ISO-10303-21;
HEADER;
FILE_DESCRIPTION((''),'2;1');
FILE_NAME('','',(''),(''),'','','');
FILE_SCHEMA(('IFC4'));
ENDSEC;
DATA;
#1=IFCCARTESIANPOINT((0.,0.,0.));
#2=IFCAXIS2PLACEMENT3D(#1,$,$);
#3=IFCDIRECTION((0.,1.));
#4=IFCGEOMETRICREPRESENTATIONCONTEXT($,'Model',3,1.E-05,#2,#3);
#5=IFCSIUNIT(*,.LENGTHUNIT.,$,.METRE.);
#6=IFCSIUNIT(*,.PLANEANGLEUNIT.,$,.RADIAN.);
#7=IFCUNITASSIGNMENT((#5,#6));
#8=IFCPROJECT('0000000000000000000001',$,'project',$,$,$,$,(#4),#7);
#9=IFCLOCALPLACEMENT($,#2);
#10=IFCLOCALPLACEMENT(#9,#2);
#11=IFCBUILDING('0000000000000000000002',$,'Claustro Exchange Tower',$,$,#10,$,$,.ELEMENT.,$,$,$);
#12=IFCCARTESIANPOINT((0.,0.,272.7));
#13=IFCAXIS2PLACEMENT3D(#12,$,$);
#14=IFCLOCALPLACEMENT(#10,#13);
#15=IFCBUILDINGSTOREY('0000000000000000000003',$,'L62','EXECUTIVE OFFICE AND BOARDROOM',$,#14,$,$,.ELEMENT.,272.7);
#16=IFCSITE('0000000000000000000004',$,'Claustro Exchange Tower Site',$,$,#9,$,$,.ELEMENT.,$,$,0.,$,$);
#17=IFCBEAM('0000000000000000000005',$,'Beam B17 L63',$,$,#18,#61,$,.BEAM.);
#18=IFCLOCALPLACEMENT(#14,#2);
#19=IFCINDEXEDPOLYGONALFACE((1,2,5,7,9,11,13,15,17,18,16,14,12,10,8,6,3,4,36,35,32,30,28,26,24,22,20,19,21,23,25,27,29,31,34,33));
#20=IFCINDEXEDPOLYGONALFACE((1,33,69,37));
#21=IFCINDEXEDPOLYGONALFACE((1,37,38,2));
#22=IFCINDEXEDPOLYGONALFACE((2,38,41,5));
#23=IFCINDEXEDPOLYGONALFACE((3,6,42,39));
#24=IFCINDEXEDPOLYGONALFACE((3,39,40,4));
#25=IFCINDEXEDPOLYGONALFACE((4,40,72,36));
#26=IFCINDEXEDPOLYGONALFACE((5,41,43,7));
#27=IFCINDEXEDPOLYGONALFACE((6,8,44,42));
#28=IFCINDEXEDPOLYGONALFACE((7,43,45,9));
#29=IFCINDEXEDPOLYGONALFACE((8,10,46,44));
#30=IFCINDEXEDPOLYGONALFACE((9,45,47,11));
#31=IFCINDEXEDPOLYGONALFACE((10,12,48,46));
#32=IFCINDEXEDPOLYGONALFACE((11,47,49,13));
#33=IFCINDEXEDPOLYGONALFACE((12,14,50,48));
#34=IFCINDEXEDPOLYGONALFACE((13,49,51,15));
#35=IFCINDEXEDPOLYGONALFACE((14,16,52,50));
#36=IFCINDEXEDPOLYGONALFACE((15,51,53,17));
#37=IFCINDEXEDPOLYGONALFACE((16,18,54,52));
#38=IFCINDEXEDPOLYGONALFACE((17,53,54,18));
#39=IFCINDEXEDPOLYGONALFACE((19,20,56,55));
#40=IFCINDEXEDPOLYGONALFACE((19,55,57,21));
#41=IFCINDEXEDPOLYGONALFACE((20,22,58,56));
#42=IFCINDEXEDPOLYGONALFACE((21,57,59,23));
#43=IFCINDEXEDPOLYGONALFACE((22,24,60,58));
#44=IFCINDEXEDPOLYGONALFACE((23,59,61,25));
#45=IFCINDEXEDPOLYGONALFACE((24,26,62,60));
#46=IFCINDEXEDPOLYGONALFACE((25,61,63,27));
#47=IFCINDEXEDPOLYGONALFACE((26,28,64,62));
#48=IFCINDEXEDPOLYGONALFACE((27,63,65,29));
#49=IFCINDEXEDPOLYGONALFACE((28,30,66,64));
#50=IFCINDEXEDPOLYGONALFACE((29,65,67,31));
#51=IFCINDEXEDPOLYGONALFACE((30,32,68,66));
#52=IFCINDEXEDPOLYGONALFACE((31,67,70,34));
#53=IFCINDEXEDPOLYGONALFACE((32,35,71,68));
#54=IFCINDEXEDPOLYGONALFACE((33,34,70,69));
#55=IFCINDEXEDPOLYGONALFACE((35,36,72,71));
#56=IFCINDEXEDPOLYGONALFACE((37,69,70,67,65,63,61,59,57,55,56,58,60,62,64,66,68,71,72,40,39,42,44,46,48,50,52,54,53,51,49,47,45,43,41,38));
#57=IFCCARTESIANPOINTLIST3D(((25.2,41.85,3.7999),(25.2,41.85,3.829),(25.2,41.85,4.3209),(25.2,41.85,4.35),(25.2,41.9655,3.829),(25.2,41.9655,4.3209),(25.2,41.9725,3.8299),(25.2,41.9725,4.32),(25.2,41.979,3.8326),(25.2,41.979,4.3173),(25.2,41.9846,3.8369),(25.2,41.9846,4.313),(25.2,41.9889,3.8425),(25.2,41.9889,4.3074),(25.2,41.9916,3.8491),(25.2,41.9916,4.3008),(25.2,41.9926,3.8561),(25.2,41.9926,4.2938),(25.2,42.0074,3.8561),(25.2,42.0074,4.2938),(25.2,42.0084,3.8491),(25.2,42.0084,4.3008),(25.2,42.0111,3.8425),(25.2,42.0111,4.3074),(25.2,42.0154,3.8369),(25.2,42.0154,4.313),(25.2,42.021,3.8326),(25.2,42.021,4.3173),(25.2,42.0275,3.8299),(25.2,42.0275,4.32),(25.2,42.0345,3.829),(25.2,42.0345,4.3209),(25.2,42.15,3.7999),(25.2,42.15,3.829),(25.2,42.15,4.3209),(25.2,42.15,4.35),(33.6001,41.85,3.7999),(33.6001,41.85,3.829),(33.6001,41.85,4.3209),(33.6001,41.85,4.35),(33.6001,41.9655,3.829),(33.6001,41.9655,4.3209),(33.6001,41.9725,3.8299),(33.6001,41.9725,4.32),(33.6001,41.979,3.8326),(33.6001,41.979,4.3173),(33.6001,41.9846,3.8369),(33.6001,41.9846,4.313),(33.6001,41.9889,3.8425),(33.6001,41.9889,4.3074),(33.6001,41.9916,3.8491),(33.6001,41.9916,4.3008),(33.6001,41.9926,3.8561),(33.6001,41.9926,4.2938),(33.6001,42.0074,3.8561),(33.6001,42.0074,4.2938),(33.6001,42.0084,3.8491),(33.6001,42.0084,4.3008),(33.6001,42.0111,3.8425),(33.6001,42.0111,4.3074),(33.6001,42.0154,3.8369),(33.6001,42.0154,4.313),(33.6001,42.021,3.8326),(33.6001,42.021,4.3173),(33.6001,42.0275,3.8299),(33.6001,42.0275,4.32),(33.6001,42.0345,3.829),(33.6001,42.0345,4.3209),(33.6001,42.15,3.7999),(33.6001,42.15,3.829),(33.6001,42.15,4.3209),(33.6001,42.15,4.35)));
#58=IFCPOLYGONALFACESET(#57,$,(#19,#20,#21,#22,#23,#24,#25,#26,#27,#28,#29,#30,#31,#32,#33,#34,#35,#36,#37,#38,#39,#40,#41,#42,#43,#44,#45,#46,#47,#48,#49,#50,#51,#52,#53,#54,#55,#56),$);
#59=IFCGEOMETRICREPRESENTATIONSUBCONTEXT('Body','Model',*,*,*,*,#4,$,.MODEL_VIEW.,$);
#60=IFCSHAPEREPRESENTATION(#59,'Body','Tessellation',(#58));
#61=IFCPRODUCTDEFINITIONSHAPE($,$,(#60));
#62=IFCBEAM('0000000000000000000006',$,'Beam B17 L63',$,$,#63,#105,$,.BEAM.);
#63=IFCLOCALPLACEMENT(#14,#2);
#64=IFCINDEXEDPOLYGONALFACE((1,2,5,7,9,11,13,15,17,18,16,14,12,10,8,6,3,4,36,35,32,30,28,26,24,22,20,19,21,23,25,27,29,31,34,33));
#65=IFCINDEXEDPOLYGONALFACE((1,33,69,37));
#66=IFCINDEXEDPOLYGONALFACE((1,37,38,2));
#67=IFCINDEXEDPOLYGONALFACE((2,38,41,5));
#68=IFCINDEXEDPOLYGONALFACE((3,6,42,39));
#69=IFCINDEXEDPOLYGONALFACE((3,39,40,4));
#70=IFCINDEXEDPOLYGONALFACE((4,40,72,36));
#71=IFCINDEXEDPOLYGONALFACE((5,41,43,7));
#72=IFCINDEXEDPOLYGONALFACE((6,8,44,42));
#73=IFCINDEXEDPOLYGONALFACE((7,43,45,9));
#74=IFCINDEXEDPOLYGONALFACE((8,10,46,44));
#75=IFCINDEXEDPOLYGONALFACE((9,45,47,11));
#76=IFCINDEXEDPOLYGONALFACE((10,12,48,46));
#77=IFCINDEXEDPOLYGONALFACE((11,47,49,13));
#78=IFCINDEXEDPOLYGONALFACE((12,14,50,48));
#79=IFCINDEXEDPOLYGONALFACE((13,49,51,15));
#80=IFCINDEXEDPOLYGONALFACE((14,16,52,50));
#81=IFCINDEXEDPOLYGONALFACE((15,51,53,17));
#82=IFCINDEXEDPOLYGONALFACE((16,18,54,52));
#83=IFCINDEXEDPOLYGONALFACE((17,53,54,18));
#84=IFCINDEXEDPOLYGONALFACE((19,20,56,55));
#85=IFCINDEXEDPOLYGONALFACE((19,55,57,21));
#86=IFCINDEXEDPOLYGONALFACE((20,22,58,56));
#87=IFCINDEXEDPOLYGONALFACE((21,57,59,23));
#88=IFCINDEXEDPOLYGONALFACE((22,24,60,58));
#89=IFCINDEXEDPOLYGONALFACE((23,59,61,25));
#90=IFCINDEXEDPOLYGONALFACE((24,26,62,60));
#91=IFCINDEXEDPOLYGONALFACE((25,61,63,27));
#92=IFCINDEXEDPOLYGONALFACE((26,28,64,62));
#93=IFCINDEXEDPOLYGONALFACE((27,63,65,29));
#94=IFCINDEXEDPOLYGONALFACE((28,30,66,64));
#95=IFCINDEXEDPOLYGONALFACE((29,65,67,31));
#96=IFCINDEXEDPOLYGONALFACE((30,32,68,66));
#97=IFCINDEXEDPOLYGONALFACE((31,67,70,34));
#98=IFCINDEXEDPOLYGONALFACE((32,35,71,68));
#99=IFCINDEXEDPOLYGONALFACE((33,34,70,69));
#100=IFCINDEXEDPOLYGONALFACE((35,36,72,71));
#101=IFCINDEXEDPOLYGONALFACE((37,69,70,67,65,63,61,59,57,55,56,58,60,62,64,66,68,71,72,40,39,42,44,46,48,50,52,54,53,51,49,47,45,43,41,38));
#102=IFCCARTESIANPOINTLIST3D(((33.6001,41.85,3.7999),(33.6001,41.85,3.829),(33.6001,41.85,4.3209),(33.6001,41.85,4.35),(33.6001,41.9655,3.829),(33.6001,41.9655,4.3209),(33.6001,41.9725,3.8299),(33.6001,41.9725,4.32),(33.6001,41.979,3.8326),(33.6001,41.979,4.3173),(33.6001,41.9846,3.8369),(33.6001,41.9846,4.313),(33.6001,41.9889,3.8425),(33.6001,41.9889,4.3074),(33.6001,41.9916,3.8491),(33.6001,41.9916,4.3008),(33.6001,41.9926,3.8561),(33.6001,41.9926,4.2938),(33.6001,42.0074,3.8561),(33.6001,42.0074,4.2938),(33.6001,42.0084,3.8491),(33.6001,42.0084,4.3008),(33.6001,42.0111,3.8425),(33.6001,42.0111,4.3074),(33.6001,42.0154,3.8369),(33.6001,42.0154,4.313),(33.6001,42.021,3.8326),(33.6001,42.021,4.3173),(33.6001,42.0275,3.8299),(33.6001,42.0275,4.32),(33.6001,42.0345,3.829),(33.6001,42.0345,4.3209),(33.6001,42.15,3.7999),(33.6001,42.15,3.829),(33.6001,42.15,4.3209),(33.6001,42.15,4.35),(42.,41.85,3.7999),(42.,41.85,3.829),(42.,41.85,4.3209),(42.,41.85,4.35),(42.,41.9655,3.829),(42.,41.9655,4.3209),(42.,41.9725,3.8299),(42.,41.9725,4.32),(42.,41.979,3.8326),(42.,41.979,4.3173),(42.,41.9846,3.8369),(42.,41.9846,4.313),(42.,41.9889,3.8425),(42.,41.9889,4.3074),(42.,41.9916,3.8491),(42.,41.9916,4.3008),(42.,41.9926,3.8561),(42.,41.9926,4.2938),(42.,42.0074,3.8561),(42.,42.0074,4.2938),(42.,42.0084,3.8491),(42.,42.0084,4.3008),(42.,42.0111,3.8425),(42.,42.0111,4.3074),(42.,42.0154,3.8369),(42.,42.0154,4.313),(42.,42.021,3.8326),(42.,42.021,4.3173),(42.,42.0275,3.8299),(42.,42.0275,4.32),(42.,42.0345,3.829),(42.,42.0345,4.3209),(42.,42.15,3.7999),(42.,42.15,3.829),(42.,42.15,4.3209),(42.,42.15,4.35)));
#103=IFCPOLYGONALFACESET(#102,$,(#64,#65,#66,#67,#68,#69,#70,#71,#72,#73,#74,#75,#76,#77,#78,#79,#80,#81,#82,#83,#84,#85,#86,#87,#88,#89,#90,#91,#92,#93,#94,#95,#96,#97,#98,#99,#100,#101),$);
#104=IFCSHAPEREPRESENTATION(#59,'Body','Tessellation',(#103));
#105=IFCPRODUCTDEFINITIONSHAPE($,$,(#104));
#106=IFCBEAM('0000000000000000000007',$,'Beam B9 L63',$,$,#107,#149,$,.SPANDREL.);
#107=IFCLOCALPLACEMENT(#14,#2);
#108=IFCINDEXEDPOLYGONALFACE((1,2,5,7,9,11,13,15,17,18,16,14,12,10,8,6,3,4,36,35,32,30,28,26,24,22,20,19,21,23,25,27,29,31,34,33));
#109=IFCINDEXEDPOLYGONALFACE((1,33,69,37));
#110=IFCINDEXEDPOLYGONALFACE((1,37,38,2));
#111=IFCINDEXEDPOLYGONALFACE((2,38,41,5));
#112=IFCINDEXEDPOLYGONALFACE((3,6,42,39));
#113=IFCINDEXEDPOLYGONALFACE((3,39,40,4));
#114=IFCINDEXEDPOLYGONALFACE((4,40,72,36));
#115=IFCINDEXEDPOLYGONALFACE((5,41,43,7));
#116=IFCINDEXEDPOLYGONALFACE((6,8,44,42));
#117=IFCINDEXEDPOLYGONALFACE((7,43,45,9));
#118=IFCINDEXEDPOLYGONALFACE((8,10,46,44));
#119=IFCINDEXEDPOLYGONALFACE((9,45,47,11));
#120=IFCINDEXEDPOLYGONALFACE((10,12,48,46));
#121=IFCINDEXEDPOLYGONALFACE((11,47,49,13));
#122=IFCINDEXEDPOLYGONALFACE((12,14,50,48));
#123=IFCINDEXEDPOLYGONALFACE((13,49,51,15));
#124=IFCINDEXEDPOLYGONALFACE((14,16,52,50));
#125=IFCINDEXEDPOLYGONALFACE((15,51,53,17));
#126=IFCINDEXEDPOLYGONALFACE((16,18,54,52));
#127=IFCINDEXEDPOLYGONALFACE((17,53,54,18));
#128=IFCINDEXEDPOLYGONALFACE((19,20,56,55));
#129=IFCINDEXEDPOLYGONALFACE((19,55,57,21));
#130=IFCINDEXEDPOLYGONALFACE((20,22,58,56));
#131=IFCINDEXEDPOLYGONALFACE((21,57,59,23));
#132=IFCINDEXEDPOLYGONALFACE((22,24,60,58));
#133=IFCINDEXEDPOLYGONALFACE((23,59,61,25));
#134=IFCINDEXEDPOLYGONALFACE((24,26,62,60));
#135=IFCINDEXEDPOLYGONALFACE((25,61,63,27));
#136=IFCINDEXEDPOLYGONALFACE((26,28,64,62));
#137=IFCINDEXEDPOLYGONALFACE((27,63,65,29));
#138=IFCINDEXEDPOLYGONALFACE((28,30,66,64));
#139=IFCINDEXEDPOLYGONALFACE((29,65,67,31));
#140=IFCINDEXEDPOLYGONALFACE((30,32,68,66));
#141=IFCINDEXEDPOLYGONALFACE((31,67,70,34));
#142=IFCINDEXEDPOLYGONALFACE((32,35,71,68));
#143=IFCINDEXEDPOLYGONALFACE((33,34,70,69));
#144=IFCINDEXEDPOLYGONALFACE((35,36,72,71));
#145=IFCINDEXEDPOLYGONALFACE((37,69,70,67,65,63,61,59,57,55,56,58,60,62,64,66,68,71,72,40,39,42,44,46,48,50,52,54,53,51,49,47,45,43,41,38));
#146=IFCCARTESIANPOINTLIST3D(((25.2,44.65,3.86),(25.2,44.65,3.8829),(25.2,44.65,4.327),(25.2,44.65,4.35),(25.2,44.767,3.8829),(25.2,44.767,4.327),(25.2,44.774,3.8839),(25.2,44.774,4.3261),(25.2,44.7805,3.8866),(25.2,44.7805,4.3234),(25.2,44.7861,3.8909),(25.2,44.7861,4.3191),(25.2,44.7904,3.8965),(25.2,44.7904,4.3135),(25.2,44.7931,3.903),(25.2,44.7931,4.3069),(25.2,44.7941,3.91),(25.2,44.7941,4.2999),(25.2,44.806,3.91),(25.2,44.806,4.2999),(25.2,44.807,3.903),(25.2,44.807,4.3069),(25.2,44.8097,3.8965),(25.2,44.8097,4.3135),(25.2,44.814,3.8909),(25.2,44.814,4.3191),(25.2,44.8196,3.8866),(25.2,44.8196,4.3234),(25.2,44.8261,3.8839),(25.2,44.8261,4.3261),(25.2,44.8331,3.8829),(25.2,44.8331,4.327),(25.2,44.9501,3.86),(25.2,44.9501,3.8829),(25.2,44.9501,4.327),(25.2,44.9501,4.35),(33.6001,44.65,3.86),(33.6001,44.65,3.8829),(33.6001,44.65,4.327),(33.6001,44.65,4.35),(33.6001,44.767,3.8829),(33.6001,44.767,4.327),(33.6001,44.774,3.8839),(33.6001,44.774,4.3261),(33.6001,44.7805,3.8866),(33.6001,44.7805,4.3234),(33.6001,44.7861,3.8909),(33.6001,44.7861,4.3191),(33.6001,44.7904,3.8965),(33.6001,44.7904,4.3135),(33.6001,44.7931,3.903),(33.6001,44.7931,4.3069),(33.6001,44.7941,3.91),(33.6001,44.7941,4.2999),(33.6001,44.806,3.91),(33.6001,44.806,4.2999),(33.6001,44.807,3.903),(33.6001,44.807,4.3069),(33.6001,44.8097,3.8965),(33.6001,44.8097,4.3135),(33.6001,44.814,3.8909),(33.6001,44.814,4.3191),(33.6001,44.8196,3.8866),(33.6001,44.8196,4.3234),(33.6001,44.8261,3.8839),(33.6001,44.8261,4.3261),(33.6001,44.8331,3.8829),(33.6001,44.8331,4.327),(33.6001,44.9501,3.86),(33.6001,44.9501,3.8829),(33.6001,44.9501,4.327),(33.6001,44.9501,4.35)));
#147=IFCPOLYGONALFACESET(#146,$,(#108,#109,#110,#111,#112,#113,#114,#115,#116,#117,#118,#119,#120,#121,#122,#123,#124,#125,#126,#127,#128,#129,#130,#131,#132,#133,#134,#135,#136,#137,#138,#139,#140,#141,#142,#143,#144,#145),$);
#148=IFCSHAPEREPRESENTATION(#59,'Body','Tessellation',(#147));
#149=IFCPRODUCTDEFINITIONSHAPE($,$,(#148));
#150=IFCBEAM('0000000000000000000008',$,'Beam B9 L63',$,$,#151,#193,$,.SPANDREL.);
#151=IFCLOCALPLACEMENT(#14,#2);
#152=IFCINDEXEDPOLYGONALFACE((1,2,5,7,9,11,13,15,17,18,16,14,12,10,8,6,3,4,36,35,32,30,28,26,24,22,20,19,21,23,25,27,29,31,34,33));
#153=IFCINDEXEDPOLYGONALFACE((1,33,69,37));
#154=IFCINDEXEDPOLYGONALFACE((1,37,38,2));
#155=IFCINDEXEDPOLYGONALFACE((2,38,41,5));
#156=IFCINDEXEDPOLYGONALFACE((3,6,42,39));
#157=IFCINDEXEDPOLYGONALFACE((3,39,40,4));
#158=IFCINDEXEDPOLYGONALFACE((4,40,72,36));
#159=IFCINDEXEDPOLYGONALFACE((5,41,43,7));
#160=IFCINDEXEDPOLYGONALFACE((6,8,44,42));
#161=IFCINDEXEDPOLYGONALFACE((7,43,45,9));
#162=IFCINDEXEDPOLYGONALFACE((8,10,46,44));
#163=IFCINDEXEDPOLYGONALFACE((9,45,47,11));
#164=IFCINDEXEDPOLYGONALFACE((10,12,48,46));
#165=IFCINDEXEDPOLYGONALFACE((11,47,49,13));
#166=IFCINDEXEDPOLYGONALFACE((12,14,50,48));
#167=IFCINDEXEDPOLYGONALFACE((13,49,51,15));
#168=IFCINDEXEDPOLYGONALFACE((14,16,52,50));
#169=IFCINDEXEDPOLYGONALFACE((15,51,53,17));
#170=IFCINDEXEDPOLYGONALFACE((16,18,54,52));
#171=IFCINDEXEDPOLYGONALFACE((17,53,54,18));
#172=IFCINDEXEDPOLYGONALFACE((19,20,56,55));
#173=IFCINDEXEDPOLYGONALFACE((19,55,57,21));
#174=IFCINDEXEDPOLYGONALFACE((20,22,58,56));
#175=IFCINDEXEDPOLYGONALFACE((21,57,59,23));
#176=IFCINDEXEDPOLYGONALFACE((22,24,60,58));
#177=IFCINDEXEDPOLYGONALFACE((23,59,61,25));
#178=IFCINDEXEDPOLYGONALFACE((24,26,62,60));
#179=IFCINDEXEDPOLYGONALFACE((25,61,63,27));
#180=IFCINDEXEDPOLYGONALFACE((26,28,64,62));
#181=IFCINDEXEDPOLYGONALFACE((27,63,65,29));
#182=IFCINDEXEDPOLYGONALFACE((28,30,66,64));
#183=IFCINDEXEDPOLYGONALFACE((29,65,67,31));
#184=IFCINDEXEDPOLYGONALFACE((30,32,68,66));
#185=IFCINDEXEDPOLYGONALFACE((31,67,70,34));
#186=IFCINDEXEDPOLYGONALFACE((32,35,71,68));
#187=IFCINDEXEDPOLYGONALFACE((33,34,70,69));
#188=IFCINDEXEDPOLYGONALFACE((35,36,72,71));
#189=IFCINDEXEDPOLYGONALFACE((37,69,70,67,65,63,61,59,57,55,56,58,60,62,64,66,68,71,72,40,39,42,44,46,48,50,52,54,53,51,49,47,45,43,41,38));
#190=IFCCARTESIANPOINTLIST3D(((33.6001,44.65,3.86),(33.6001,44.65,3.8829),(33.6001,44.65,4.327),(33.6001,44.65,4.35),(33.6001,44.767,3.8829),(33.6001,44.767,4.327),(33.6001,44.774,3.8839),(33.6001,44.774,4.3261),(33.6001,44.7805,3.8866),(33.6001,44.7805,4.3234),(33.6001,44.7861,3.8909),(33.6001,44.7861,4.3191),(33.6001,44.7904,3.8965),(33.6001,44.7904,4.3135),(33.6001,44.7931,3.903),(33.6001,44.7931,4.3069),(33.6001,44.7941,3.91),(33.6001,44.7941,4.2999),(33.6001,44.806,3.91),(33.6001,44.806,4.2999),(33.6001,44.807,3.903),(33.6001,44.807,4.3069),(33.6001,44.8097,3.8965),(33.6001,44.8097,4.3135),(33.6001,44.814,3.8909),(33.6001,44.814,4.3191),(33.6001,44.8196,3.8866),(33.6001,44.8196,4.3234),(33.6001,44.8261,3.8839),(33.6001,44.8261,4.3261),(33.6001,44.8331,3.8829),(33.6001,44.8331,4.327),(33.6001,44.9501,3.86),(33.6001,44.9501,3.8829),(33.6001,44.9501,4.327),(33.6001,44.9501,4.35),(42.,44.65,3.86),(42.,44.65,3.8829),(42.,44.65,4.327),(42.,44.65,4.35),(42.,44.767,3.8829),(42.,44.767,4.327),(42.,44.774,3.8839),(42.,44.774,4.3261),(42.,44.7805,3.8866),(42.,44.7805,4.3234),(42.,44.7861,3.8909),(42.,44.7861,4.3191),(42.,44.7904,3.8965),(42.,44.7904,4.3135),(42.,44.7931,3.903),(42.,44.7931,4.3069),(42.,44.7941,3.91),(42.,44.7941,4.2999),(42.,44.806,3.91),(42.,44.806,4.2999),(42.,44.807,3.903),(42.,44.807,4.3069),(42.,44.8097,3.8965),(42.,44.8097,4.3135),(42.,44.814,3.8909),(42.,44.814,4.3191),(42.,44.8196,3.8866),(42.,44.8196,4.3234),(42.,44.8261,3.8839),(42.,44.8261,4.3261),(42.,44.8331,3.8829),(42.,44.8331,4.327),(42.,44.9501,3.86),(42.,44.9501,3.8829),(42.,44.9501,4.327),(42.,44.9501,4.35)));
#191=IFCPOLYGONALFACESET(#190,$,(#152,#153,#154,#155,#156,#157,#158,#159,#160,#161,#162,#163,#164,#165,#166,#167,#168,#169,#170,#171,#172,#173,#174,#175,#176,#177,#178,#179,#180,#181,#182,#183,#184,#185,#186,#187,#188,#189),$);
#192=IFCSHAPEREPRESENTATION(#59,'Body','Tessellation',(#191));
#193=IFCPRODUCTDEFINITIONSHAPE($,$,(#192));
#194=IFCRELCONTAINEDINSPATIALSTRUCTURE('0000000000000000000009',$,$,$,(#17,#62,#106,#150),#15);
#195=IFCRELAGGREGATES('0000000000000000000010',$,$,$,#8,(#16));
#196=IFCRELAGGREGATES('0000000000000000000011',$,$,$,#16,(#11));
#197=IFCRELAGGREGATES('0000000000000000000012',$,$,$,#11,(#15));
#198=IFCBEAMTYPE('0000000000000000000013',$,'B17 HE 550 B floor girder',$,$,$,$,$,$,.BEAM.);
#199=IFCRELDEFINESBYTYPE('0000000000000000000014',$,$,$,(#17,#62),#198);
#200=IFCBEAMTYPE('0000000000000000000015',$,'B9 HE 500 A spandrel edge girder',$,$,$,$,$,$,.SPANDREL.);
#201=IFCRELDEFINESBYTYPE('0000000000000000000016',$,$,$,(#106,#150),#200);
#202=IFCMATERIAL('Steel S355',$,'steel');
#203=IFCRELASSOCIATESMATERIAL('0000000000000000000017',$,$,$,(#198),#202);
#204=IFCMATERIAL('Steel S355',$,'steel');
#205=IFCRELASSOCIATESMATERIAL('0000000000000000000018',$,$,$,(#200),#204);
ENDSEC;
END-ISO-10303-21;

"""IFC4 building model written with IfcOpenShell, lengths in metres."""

from ifc_helpers import new_model, si_unit, direction, frame, origin, origin_2d, place, context, subcontext, project, spatial, i_section, extrude, material, material_profile, profile_set, type_object, element, save


model = new_model("IFC4")

# Units and contexts
model_context = context("Model", 3, precision=1e-05, world=origin(), true_north=direction((0.0, 1.0)))
body_context = subcontext(model_context, "Body", "Model", "MODEL_VIEW")
ifc_project = project(units=[si_unit("LENGTHUNIT", "METRE"), si_unit("PLANEANGLEUNIT", "RADIAN")], contexts=[model_context])

# Site, building, storey
site_placement = place(None, origin())
site = spatial("IfcSite", under=ifc_project, at=site_placement, Name="Claustro Exchange Tower Site", CompositionType="ELEMENT", RefElevation=0.0)
building_placement = place(site_placement, origin())
building = spatial("IfcBuilding", under=site, at=building_placement, Name="Claustro Exchange Tower", CompositionType="ELEMENT")
storey_placement = place(building_placement, frame((0.0, 0.0, 272.7)))
storey = spatial("IfcBuildingStorey", under=building, at=storey_placement, Name="L62", Description="EXECUTIVE OFFICE AND BOARDROOM", CompositionType="ELEMENT", Elevation=272.7)

# Beams
ifc_material_1 = material(Name="Steel S355", Category="steel")
ifc_material_profile_1 = material_profile(ifc_material_1, i_section(OverallWidth=0.3, OverallDepth=0.55, WebThickness=0.0149, FlangeThickness=0.0291, FilletRadius=0.0271, at=origin_2d()), Name="HE 550 B")
ifc_profile_set_1 = profile_set([ifc_material_profile_1], Name="Steel S355")
beam_type_1 = type_object("IfcBeamType", Name="B17 HE 550 B floor girder", PredefinedType="BEAM", material=ifc_profile_set_1)
beam_1_placement = place(storey_placement, frame((25.2, 42.0, 4.075), z_axis=(1.0, 0.0, 0.0), x_axis=(0.0, 1.0, 0.0)))
element("IfcBeam", 1, at=beam_1_placement, inside=storey, type_object=beam_type_1, Name="Beam B17 L63", PredefinedType="BEAM", context=body_context, shape_type="SweptSolid", body=[
    extrude(i_section(OverallWidth=0.3, OverallDepth=0.55, WebThickness=0.0149, FlangeThickness=0.0291, FilletRadius=0.0271, at=origin_2d()), origin(), (0.0, 0.0, 1.0), 8.4001),
])
beam_2_placement = place(storey_placement, frame((33.6001, 42.0, 4.075), z_axis=(1.0, 0.0, 0.0), x_axis=(0.0, 1.0, 0.0)))
element("IfcBeam", 2, at=beam_2_placement, inside=storey, type_object=beam_type_1, Name="Beam B17 L63", PredefinedType="BEAM", context=body_context, shape_type="SweptSolid", body=[
    extrude(i_section(OverallWidth=0.3, OverallDepth=0.55, WebThickness=0.0149, FlangeThickness=0.0291, FilletRadius=0.0271, at=origin_2d()), origin(), (0.0, 0.0, 1.0), 8.3999),
])
ifc_material_2 = material(Name="Steel S355", Category="steel")
ifc_material_profile_2 = material_profile(ifc_material_2, i_section(OverallWidth=0.3, OverallDepth=0.49, WebThickness=0.012, FlangeThickness=0.0229, FilletRadius=0.0271, at=origin_2d()), Name="HE 500 A")
ifc_profile_set_2 = profile_set([ifc_material_profile_2], Name="Steel S355")
beam_type_2 = type_object("IfcBeamType", Name="B9 HE 500 A spandrel edge girder", PredefinedType="SPANDREL", material=ifc_profile_set_2)
beam_3_placement = place(storey_placement, frame((25.2, 44.8, 4.105), z_axis=(1.0, 0.0, 0.0), x_axis=(0.0, 1.0, 0.0)))
element("IfcBeam", 3, at=beam_3_placement, inside=storey, type_object=beam_type_2, Name="Beam B9 L63", PredefinedType="SPANDREL", context=body_context, shape_type="SweptSolid", body=[
    extrude(i_section(OverallWidth=0.3, OverallDepth=0.49, WebThickness=0.012, FlangeThickness=0.0229, FilletRadius=0.0271, at=origin_2d()), origin(), (0.0, 0.0, 1.0), 8.4001),
])
beam_4_placement = place(storey_placement, frame((33.6001, 44.8, 4.105), z_axis=(1.0, 0.0, 0.0), x_axis=(0.0, 1.0, 0.0)))
element("IfcBeam", 4, at=beam_4_placement, inside=storey, type_object=beam_type_2, Name="Beam B9 L63", PredefinedType="SPANDREL", context=body_context, shape_type="SweptSolid", body=[
    extrude(i_section(OverallWidth=0.3, OverallDepth=0.49, WebThickness=0.012, FlangeThickness=0.0229, FilletRadius=0.0271, at=origin_2d()), origin(), (0.0, 0.0, 1.0), 8.3999),
])

save(model, "model.ifc")
